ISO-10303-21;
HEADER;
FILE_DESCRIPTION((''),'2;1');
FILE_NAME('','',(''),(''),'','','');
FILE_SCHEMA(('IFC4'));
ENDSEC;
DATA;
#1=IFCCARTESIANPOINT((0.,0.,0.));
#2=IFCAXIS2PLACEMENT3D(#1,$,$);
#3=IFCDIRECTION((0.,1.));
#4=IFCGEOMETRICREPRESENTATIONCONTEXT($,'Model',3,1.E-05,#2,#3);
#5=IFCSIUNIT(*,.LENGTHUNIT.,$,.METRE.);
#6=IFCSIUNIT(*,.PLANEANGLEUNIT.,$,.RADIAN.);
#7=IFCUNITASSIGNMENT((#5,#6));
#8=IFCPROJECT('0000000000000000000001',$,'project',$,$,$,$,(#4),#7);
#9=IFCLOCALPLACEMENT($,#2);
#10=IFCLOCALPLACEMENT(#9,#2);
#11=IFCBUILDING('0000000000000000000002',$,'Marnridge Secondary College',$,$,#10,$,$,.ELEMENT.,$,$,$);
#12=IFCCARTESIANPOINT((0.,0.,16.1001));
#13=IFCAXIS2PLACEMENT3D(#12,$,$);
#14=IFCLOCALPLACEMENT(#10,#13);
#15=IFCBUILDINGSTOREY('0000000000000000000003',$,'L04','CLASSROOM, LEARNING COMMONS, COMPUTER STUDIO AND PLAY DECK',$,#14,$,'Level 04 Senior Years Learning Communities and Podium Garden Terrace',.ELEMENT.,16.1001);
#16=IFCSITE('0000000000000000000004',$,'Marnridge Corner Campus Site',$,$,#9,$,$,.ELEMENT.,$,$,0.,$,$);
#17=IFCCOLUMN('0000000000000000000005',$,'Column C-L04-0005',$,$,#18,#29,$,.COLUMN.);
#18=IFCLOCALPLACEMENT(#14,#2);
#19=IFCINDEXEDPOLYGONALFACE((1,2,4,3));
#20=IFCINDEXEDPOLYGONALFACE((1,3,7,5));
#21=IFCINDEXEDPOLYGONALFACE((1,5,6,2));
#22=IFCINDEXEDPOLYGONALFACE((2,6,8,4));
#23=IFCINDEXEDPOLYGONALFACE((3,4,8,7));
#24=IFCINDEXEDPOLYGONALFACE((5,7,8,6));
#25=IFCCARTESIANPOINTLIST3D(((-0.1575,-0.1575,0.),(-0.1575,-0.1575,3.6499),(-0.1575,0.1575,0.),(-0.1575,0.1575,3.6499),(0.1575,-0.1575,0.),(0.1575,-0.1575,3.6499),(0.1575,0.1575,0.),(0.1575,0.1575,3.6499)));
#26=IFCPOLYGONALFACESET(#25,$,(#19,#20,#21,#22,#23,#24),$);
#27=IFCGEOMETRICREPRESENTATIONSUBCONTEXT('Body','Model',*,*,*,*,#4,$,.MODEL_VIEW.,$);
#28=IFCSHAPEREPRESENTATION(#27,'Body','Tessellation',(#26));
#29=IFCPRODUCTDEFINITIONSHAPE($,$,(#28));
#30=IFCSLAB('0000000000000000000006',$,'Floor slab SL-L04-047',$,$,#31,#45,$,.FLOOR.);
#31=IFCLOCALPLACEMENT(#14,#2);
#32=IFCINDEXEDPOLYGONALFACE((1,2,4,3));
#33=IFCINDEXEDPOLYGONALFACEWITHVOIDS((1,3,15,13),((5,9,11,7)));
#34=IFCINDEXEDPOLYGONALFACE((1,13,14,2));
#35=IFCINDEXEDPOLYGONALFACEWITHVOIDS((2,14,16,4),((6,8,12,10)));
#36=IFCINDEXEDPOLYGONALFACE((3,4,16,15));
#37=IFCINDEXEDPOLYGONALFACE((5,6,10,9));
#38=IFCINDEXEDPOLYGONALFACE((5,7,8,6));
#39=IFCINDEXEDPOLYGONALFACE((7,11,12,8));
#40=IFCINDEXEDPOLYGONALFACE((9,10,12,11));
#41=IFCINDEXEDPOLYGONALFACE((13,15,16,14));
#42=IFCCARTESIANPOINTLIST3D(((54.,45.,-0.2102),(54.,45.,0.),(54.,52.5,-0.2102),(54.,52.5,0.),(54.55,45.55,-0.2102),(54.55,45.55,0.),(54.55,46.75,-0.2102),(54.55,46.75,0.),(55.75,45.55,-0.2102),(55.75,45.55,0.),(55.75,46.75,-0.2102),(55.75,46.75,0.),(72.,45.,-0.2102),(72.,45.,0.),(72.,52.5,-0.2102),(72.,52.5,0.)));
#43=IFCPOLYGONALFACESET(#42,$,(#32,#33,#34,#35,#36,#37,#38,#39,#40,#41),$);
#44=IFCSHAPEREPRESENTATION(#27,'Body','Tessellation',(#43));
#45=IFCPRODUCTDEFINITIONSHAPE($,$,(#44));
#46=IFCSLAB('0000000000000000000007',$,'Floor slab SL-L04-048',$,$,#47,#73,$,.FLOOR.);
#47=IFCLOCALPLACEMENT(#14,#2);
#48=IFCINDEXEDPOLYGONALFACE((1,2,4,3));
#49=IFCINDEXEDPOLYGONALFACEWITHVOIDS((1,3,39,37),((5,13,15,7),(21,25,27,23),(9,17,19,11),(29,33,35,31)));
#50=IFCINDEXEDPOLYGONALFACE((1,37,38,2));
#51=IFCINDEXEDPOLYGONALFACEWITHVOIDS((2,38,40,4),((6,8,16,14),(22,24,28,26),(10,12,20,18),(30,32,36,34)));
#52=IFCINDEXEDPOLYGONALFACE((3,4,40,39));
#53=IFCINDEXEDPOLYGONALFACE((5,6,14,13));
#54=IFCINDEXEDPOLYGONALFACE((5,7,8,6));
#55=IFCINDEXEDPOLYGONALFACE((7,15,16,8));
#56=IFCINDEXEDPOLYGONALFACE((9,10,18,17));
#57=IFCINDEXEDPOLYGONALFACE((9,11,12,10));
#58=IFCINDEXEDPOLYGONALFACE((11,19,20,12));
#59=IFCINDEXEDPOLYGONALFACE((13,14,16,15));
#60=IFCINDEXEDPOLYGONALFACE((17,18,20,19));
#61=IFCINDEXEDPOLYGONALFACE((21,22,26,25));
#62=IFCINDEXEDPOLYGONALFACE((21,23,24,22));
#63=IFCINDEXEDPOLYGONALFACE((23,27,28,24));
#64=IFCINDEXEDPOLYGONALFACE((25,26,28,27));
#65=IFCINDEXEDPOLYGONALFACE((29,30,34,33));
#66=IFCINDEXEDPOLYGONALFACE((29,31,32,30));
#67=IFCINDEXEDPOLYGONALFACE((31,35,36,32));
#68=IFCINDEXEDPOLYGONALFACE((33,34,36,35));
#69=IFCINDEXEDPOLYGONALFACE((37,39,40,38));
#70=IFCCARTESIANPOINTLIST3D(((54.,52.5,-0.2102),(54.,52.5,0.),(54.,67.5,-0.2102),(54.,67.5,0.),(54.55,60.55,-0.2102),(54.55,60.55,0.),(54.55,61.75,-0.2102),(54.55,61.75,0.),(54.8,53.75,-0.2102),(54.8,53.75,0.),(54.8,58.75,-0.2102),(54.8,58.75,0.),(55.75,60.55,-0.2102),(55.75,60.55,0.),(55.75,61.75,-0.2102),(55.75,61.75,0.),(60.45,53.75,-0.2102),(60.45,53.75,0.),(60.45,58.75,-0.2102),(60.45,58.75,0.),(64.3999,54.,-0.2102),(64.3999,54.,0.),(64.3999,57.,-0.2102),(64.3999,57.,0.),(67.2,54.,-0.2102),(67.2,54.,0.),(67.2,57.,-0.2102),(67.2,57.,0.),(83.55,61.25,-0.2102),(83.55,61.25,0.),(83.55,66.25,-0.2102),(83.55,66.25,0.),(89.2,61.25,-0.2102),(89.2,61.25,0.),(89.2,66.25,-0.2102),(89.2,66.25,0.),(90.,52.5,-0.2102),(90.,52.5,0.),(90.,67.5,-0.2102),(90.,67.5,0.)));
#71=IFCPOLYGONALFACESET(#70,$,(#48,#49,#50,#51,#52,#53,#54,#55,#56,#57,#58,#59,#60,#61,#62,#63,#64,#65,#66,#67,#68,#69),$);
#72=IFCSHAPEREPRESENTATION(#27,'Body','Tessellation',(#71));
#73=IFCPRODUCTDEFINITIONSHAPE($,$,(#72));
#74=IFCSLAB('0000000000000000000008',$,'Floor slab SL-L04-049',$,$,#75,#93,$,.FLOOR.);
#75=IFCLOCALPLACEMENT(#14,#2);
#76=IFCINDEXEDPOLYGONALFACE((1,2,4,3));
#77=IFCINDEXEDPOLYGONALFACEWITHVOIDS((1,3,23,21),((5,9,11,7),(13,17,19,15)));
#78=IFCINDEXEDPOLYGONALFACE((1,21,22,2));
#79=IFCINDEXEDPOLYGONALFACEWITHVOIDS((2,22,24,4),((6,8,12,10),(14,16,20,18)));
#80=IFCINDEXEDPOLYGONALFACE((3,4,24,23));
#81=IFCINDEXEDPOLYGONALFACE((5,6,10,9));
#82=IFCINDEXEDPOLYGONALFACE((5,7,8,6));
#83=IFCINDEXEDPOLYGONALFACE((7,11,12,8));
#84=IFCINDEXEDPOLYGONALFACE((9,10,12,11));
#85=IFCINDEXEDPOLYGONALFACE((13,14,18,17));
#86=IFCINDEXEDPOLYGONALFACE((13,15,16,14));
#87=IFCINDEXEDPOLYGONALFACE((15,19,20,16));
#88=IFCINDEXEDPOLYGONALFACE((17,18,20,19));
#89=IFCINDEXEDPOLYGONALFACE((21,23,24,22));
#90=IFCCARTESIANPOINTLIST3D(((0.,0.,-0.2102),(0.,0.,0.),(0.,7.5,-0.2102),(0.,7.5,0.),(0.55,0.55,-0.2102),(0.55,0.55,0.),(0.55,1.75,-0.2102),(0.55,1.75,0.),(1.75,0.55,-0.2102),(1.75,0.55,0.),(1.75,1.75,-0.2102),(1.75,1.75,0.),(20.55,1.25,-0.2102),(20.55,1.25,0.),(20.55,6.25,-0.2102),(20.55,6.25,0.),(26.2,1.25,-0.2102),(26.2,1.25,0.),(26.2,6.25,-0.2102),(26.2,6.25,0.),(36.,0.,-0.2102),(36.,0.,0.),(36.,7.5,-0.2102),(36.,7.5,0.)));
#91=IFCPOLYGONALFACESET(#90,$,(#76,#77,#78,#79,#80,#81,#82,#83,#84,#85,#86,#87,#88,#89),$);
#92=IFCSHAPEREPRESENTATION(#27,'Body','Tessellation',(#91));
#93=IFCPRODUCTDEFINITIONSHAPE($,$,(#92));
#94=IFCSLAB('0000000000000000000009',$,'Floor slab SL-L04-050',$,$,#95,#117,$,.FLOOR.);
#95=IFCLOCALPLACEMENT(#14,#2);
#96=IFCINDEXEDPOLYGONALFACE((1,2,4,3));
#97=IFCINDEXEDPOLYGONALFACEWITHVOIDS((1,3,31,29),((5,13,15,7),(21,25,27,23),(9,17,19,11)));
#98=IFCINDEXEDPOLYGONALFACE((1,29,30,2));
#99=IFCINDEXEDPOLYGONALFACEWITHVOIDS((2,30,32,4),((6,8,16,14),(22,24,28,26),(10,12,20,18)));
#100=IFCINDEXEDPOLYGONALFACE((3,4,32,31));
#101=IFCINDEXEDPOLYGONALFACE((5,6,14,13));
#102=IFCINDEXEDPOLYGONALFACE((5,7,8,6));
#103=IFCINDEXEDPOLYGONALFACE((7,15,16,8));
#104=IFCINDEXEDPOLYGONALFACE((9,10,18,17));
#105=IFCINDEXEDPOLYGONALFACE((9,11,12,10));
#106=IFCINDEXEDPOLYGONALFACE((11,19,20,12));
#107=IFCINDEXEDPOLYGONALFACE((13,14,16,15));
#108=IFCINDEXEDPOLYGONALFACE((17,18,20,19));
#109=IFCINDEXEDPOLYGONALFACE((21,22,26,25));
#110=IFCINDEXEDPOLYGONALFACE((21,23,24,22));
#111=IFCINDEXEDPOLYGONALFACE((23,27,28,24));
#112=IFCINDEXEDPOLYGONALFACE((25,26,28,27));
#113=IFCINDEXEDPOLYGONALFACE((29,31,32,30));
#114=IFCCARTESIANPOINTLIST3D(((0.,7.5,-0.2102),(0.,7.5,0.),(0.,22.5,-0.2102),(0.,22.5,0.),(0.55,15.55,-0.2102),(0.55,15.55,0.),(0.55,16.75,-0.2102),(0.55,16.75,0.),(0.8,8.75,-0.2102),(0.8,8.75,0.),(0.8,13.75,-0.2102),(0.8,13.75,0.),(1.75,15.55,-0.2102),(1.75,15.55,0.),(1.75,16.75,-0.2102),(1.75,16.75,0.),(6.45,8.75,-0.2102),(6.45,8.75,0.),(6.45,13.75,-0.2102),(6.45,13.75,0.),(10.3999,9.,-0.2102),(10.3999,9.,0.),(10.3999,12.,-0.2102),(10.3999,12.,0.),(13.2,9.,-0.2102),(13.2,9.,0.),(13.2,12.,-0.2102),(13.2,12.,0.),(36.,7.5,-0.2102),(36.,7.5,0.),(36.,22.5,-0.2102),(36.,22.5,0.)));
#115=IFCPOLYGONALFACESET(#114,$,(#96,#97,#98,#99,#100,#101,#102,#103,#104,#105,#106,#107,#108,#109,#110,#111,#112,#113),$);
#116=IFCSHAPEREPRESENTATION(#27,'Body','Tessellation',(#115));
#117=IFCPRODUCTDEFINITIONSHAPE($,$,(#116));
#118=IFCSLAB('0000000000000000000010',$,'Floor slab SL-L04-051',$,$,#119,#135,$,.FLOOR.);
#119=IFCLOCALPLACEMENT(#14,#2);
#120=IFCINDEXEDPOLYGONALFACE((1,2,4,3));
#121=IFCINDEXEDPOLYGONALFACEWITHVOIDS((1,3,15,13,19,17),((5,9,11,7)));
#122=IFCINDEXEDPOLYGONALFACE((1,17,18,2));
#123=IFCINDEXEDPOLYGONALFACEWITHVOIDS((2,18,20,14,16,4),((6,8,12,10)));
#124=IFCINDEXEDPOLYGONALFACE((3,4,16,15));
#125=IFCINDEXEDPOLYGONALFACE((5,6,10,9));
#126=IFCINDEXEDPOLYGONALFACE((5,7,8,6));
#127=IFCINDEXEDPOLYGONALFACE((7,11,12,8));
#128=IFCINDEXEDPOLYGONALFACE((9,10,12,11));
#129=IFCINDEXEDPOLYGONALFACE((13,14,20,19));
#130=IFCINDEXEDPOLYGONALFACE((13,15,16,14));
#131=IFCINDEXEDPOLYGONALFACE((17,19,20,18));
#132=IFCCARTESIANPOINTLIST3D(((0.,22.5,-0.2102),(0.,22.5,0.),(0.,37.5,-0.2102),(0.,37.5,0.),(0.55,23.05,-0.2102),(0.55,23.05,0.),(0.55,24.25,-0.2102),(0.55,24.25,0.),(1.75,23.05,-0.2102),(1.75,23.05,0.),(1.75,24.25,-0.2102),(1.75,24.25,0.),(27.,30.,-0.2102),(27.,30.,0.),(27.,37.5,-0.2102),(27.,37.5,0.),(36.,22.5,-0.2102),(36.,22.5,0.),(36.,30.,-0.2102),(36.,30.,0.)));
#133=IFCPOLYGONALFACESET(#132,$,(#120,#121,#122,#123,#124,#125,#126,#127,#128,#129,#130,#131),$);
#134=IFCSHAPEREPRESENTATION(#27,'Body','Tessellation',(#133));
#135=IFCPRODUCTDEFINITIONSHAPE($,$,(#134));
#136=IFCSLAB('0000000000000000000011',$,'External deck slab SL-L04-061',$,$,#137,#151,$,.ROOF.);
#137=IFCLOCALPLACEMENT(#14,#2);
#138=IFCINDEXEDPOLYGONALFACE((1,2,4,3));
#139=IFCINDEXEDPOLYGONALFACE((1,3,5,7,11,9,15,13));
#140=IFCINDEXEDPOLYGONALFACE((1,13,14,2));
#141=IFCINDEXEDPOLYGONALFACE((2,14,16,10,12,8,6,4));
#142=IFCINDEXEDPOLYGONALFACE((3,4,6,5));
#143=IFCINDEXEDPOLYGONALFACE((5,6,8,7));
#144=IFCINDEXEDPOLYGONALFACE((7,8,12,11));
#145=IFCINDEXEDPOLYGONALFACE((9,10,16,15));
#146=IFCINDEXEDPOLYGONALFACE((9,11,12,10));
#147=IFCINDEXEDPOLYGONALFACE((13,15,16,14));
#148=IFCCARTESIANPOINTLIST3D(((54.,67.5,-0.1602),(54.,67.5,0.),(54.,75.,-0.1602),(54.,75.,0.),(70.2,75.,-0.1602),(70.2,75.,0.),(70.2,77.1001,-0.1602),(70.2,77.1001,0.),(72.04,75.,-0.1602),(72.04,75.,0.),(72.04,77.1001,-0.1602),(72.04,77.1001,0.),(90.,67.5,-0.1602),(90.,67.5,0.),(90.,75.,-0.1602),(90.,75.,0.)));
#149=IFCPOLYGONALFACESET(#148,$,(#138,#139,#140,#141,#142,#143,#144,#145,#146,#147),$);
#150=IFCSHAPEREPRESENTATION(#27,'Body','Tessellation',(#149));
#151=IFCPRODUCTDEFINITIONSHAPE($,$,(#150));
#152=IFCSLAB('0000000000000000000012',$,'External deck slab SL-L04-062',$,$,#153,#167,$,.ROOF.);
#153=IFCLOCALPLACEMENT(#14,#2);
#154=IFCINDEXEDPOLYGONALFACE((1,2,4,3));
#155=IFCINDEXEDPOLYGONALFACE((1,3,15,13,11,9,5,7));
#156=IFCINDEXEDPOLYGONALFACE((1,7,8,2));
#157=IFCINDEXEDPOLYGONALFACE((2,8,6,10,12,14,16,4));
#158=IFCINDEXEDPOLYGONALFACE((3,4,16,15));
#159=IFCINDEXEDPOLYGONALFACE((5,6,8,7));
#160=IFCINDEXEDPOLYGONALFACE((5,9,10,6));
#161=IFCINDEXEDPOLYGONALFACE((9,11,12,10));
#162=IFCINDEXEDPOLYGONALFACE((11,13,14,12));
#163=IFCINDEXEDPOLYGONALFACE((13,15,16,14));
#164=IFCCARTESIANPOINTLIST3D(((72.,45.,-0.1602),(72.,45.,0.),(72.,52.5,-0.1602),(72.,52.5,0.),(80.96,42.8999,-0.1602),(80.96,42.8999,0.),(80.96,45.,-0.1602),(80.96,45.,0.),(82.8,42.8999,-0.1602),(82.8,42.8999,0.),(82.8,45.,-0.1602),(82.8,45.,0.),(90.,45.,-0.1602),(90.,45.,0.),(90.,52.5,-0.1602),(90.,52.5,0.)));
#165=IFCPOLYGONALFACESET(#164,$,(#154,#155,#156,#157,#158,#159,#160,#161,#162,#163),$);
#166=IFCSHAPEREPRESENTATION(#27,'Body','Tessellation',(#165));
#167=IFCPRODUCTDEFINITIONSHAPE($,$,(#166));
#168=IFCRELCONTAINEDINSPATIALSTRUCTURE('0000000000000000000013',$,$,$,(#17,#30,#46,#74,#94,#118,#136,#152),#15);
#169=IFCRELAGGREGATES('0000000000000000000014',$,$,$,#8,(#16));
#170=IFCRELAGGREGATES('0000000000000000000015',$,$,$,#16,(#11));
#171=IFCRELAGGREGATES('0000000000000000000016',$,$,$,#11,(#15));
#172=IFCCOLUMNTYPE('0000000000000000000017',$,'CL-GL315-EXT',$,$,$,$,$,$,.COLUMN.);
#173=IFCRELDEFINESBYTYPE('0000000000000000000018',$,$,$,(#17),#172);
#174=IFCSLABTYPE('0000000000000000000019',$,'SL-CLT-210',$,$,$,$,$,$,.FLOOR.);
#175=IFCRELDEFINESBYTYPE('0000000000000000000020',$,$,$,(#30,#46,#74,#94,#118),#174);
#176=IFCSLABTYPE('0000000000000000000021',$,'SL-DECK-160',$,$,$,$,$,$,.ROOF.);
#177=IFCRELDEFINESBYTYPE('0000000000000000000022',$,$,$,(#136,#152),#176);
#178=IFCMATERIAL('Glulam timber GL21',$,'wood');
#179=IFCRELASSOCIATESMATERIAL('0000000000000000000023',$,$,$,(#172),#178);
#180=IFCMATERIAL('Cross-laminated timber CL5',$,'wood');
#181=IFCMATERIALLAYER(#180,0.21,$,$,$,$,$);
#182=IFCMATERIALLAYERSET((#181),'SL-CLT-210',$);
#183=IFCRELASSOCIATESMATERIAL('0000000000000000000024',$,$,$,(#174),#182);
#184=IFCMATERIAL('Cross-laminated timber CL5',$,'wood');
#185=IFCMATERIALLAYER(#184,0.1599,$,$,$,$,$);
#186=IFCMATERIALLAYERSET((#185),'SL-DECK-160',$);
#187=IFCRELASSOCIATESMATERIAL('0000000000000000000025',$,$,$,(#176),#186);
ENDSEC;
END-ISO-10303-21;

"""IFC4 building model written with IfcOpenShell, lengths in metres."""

from ifc_helpers import new_model, si_unit, direction, frame, origin, origin_with_axes, origin_2d, place, context, subcontext, project, spatial, polyline, rectangle, outline, extrude, material, layer, layer_set, material_profile, profile_set, type_object, element, save


model = new_model("IFC4")

# Units and contexts
model_context = context("Model", 3, precision=1e-05, world=origin(), true_north=direction((0.0, 1.0)))
body_context = subcontext(model_context, "Body", "Model", "MODEL_VIEW")
ifc_project = project(units=[si_unit("LENGTHUNIT", "METRE"), si_unit("PLANEANGLEUNIT", "RADIAN")], contexts=[model_context])

# Site, building, storey
site_placement = place(None, origin())
site = spatial("IfcSite", under=ifc_project, at=site_placement, Name="Marnridge Corner Campus Site", CompositionType="ELEMENT", RefElevation=0.0)
building_placement = place(site_placement, origin())
building = spatial("IfcBuilding", under=site, at=building_placement, Name="Marnridge Secondary College", CompositionType="ELEMENT")
storey_placement = place(building_placement, frame((0.0, 0.0, 16.1001)))
storey = spatial("IfcBuildingStorey", under=building, at=storey_placement, Name="L04", Description="CLASSROOM, LEARNING COMMONS, COMPUTER STUDIO AND PLAY DECK", LongName="Level 04 Senior Years Learning Communities and Podium Garden Terrace", CompositionType="ELEMENT", Elevation=16.1001)

# Column
ifc_material_1 = material(Name="Glulam timber GL21", Category="wood")
ifc_material_profile = material_profile(ifc_material_1, rectangle(XDim=0.3149, YDim=0.3149, at=origin_2d()), Name="GL21 315x315")
ifc_profile_set = profile_set([ifc_material_profile], Name="Glulam timber GL21")
column_type = type_object("IfcColumnType", Name="CL-GL315-EXT", PredefinedType="COLUMN", material=ifc_profile_set)
column_placement = place(storey_placement, origin_with_axes())
element("IfcColumn", 1, at=column_placement, inside=storey, type_object=column_type, Name="Column C-L04-0005", PredefinedType="COLUMN", context=body_context, shape_type="SweptSolid", body=[
    extrude(rectangle(XDim=0.3149, YDim=0.3149, at=origin_2d()), origin(), (0.0, 0.0, 1.0), 3.6499),
])

# Slabs
ifc_material_2 = material(Name="Cross-laminated timber CL5", Category="wood")
ifc_layer_1 = layer(ifc_material_2, 0.21)
ifc_layer_set_1 = layer_set([ifc_layer_1], Name="SL-CLT-210")
slab_type_1 = type_object("IfcSlabType", Name="SL-CLT-210", PredefinedType="FLOOR", material=ifc_layer_set_1)
slab_1_placement = place(storey_placement, frame((0.0, 0.0, -0.2102)))
element("IfcSlab", 2, at=slab_1_placement, inside=storey, type_object=slab_type_1, Name="Floor slab SL-L04-047", PredefinedType="FLOOR", context=body_context, shape_type="SweptSolid", body=[
    extrude(outline(polyline([(54.0, 45.0), (54.0, 52.5), (72.0, 52.5), (72.0, 45.0), (54.0, 45.0)]), holes=[polyline([(54.55, 45.55), (55.75, 45.55), (55.75, 46.75), (54.55, 46.75), (54.55, 45.55)])]), origin(), (0.0, 0.0, 1.0), 0.2102),
])
slab_2_placement = place(storey_placement, frame((0.0, 0.0, -0.2102)))
element("IfcSlab", 3, at=slab_2_placement, inside=storey, type_object=slab_type_1, Name="Floor slab SL-L04-048", PredefinedType="FLOOR", context=body_context, shape_type="SweptSolid", body=[
    extrude(outline(polyline([(90.0, 52.5), (54.0, 52.5), (54.0, 67.5), (90.0, 67.5), (90.0, 52.5)]), holes=[polyline([(54.8, 53.75), (60.45, 53.75), (60.45, 58.75), (54.8, 58.75), (54.8, 53.75)]), polyline([(83.55, 61.25), (89.2, 61.25), (89.2, 66.25), (83.55, 66.25), (83.55, 61.25)]), polyline([(64.3999, 54.0), (67.2, 54.0), (67.2, 57.0), (64.3999, 57.0), (64.3999, 54.0)]), polyline([(54.55, 60.55), (55.75, 60.55), (55.75, 61.75), (54.55, 61.75), (54.55, 60.55)])]), origin(), (0.0, 0.0, 1.0), 0.2102),
])
slab_3_placement = place(storey_placement, frame((0.0, 0.0, -0.2102)))
element("IfcSlab", 4, at=slab_3_placement, inside=storey, type_object=slab_type_1, Name="Floor slab SL-L04-049", PredefinedType="FLOOR", context=body_context, shape_type="SweptSolid", body=[
    extrude(outline(polyline([(0.0, 7.5), (36.0, 7.5), (36.0, 0.0), (0.0, 0.0), (0.0, 7.5)]), holes=[polyline([(20.55, 1.25), (26.2, 1.25), (26.2, 6.25), (20.55, 6.25), (20.55, 1.25)]), polyline([(0.55, 0.55), (1.75, 0.55), (1.75, 1.75), (0.55, 1.75), (0.55, 0.55)])]), origin(), (0.0, 0.0, 1.0), 0.2102),
])
slab_4_placement = place(storey_placement, frame((0.0, 0.0, -0.2102)))
element("IfcSlab", 5, at=slab_4_placement, inside=storey, type_object=slab_type_1, Name="Floor slab SL-L04-050", PredefinedType="FLOOR", context=body_context, shape_type="SweptSolid", body=[
    extrude(outline(polyline([(36.0, 7.5), (0.0, 7.5), (0.0, 22.5), (36.0, 22.5), (36.0, 7.5)]), holes=[polyline([(0.8, 8.75), (6.45, 8.75), (6.45, 13.75), (0.8, 13.75), (0.8, 8.75)]), polyline([(10.3999, 9.0), (13.2, 9.0), (13.2, 12.0), (10.3999, 12.0), (10.3999, 9.0)]), polyline([(0.55, 15.55), (1.75, 15.55), (1.75, 16.75), (0.55, 16.75), (0.55, 15.55)])]), origin(), (0.0, 0.0, 1.0), 0.2102),
])
slab_5_placement = place(storey_placement, frame((0.0, 0.0, -0.2102)))
element("IfcSlab", 6, at=slab_5_placement, inside=storey, type_object=slab_type_1, Name="Floor slab SL-L04-051", PredefinedType="FLOOR", context=body_context, shape_type="SweptSolid", body=[
    extrude(outline(polyline([(0.0, 37.5), (27.0, 37.5), (27.0, 30.0), (36.0, 30.0), (36.0, 22.5), (0.0, 22.5), (0.0, 37.5)]), holes=[polyline([(0.55, 23.05), (1.75, 23.05), (1.75, 24.25), (0.55, 24.25), (0.55, 23.05)])]), origin(), (0.0, 0.0, 1.0), 0.2102),
])
ifc_material_3 = material(Name="Cross-laminated timber CL5", Category="wood")
ifc_layer_2 = layer(ifc_material_3, 0.1599)
ifc_layer_set_2 = layer_set([ifc_layer_2], Name="SL-DECK-160")
slab_type_2 = type_object("IfcSlabType", Name="SL-DECK-160", PredefinedType="ROOF", material=ifc_layer_set_2)
slab_6_placement = place(storey_placement, frame((0.0, 0.0, -0.1602)))
element("IfcSlab", 7, at=slab_6_placement, inside=storey, type_object=slab_type_2, Name="External deck slab SL-L04-061", PredefinedType="ROOF", context=body_context, shape_type="SweptSolid", body=[
    extrude(outline(polyline([(54.0, 67.5), (90.0, 67.5), (90.0, 75.0), (72.04, 75.0), (72.04, 77.1001), (70.2, 77.1001), (70.2, 75.0), (54.0, 75.0), (54.0, 67.5)])), origin(), (0.0, 0.0, 1.0), 0.1602),
])
slab_7_placement = place(storey_placement, frame((0.0, 0.0, -0.1602)))
element("IfcSlab", 8, at=slab_7_placement, inside=storey, type_object=slab_type_2, Name="External deck slab SL-L04-062", PredefinedType="ROOF", context=body_context, shape_type="SweptSolid", body=[
    extrude(outline(polyline([(72.0, 45.0), (80.96, 45.0), (80.96, 42.8999), (82.8, 42.8999), (82.8, 45.0), (90.0, 45.0), (90.0, 52.5), (72.0, 52.5), (72.0, 45.0)])), origin(), (0.0, 0.0, 1.0), 0.1602),
])

save(model, "model.ifc")
